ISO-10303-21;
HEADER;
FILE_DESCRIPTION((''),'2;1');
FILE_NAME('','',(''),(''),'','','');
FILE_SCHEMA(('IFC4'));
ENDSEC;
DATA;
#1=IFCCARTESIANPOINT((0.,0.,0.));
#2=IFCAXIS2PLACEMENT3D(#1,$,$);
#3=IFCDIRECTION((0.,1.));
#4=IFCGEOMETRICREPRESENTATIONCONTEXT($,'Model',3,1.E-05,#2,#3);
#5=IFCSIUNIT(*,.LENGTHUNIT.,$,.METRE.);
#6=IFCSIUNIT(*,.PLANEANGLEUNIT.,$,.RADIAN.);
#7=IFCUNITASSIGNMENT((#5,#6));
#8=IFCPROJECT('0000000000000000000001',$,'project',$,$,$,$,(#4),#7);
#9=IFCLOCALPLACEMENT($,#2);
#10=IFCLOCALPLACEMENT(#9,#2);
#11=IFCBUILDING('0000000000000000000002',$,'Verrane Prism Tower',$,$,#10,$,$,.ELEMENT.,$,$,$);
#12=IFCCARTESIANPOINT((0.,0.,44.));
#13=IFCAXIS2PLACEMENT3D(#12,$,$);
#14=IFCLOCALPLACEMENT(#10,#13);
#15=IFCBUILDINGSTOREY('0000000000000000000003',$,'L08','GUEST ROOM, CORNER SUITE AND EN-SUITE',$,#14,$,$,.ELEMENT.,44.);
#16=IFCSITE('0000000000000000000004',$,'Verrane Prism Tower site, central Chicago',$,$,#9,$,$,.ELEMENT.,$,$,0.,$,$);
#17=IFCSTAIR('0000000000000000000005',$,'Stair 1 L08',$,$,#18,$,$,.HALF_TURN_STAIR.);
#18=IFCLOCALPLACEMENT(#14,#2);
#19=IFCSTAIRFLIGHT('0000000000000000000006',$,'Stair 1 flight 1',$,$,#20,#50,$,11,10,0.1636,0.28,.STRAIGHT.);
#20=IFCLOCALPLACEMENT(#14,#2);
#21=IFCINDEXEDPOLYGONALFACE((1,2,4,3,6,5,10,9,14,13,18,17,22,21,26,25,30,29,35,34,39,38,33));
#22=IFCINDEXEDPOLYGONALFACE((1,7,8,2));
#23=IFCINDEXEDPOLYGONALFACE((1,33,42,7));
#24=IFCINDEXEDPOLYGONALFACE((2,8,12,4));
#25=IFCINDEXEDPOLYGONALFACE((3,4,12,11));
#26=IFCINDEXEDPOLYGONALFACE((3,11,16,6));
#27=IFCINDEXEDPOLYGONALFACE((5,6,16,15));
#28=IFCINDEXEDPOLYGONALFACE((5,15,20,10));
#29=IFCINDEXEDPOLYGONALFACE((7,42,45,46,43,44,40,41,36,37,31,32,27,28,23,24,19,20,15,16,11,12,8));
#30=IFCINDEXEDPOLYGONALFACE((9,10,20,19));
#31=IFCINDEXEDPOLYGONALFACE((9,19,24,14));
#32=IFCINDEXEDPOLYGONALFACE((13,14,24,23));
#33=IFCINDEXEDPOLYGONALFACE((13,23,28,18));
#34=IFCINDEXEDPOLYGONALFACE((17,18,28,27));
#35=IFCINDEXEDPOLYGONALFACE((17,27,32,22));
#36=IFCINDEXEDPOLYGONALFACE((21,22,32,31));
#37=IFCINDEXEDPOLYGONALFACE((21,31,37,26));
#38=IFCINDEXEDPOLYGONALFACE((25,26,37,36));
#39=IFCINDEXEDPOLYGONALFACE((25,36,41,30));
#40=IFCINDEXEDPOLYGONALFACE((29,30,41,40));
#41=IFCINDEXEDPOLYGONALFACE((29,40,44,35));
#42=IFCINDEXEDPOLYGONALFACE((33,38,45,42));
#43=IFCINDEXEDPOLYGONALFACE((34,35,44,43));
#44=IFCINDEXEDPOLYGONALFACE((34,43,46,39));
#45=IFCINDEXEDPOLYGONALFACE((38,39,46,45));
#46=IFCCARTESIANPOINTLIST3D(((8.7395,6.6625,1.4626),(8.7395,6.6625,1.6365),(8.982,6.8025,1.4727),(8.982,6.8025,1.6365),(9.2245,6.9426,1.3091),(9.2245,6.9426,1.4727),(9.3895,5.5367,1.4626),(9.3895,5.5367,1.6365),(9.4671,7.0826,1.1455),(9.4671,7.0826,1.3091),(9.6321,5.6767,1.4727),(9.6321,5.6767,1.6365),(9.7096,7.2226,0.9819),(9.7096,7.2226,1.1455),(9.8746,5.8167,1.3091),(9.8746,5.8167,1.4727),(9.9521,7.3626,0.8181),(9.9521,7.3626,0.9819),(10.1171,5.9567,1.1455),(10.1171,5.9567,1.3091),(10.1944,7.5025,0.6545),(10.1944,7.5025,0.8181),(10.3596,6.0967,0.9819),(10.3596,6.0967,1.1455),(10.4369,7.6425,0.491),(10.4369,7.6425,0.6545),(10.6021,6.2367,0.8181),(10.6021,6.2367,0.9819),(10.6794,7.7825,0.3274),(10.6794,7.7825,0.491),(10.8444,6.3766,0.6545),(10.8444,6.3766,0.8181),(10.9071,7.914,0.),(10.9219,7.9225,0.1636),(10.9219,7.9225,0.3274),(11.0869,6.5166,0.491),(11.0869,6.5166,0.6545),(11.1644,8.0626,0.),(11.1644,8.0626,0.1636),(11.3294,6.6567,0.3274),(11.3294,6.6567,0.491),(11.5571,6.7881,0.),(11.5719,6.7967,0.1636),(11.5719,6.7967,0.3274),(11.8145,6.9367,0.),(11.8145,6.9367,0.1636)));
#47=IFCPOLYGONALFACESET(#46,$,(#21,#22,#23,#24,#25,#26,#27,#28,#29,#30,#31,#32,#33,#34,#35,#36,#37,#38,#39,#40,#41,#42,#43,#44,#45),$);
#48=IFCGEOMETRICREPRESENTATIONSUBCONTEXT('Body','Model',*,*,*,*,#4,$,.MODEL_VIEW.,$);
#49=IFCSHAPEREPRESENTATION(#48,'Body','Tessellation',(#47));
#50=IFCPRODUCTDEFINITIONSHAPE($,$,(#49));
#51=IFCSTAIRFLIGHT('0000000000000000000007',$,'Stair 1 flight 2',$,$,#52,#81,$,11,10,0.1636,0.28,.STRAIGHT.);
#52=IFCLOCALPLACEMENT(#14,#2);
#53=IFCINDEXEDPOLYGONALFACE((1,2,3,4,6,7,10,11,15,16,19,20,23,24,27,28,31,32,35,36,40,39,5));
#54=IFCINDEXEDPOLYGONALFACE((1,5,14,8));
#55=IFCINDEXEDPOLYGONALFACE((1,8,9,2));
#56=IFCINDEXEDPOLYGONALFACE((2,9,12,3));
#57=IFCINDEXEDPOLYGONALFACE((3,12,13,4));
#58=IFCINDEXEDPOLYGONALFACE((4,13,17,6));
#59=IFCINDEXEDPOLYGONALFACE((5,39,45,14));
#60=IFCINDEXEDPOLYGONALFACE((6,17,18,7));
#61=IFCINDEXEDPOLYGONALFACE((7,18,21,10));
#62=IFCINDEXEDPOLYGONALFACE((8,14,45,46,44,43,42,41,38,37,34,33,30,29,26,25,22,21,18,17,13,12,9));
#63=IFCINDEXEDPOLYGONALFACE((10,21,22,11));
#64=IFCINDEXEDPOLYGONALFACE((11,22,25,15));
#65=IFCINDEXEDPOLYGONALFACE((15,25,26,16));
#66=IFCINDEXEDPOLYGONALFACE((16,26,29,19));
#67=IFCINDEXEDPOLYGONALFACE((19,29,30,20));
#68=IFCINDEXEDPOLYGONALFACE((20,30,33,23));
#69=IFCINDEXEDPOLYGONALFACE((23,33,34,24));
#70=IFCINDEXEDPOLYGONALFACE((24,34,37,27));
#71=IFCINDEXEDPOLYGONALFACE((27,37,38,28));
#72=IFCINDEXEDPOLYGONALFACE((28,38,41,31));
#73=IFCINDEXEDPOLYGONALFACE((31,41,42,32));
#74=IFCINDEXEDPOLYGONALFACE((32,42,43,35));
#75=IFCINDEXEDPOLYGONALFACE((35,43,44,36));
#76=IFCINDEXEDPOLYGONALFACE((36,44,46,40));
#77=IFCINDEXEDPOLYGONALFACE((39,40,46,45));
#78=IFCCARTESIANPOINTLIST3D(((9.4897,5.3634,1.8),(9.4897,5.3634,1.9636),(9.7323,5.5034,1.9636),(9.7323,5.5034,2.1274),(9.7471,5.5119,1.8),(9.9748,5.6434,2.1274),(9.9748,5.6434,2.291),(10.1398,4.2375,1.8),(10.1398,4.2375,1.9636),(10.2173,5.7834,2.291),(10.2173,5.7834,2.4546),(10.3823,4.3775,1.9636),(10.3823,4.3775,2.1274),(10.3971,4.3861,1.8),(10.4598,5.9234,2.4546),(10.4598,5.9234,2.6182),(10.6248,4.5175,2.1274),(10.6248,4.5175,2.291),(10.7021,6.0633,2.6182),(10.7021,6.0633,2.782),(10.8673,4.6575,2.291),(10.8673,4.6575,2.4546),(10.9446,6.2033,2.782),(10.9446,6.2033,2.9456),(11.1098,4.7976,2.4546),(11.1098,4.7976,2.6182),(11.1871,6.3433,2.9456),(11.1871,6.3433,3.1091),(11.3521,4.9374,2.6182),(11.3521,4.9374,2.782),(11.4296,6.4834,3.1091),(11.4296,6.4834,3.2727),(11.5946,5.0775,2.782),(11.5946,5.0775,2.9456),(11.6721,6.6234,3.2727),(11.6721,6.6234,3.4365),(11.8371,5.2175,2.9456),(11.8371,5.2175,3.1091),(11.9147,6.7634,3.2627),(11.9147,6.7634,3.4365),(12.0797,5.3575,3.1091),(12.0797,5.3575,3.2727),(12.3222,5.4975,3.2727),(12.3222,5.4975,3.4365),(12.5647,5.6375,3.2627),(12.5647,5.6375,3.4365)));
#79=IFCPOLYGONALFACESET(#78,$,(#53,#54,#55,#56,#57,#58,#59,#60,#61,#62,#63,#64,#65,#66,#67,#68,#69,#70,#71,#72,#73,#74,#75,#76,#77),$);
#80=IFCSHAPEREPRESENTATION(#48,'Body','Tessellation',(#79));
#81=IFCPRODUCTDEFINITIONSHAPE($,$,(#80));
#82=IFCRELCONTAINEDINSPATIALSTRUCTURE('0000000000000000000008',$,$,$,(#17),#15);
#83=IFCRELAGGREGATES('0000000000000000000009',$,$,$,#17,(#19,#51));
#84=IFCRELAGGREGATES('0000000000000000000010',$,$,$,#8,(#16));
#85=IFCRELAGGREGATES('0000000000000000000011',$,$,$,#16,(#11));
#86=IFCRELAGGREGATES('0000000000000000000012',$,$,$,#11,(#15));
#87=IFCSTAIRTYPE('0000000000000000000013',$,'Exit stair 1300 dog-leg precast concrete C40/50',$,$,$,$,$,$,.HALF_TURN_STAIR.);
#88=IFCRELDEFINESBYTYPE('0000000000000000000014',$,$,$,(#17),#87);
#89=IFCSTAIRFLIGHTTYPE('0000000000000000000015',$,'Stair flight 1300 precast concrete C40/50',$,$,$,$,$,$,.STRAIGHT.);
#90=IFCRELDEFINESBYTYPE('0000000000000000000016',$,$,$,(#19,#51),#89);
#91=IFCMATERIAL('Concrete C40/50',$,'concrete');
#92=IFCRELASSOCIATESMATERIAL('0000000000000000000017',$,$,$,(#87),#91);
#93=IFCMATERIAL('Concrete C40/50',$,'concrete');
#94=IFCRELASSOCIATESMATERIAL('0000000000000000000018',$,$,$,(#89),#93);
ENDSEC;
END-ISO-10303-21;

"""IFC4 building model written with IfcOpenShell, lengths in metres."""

from ifc_helpers import new_model, si_unit, direction, frame, origin, place, context, subcontext, project, spatial, polyline, outline, extrude, material, type_object, element, aggregate, save


model = new_model("IFC4")

# Units and contexts
model_context = context("Model", 3, precision=1e-05, world=origin(), true_north=direction((0.0, 1.0)))
body_context = subcontext(model_context, "Body", "Model", "MODEL_VIEW")
ifc_project = project(units=[si_unit("LENGTHUNIT", "METRE"), si_unit("PLANEANGLEUNIT", "RADIAN")], contexts=[model_context])

# Site, building, storey
site_placement = place(None, origin())
site = spatial("IfcSite", under=ifc_project, at=site_placement, Name="Verrane Prism Tower site, central Chicago", CompositionType="ELEMENT", RefElevation=0.0)
building_placement = place(site_placement, origin())
building = spatial("IfcBuilding", under=site, at=building_placement, Name="Verrane Prism Tower", CompositionType="ELEMENT")
storey_placement = place(building_placement, frame((0.0, 0.0, 44.0)))
storey = spatial("IfcBuildingStorey", under=building, at=storey_placement, Name="L08", Description="GUEST ROOM, CORNER SUITE AND EN-SUITE", CompositionType="ELEMENT", Elevation=44.0)

# Stair, stair flights
ifc_material_1 = material(Name="Concrete C40/50", Category="concrete")
stair_type = type_object("IfcStairType", Name="Exit stair 1300 dog-leg precast concrete C40/50", PredefinedType="HALF_TURN_STAIR", material=ifc_material_1)
stair_placement = place(storey_placement, origin())
stair = element("IfcStair", 1, at=stair_placement, inside=storey, type_object=stair_type, Name="Stair 1 L08", PredefinedType="HALF_TURN_STAIR")
ifc_material_2 = material(Name="Concrete C40/50", Category="concrete")
stair_flight_type = type_object("IfcStairFlightType", Name="Stair flight 1300 precast concrete C40/50", PredefinedType="STRAIGHT", material=ifc_material_2)
stair_flight_1_placement = place(storey_placement, frame((11.4895, 7.4995, 0.0), z_axis=(0.0, 0.0, 1.0), x_axis=(-0.866025, -0.5, 0.0)))
stair_flight_1 = element("IfcStairFlight", 2, at=stair_flight_1_placement, type_object=stair_flight_type, Name="Stair 1 flight 1", NumberOfRisers=11, NumberOfTreads=10, PredefinedType="STRAIGHT", RiserHeight=0.1636, TreadLength=0.28, context=body_context, shape_type="SweptSolid", body=[
    extrude(outline(polyline([(0.0, 0.0), (0.0, 0.1636), (0.28, 0.1636), (0.28, 0.3274), (0.5601, 0.3274), (0.5601, 0.491), (0.8401, 0.491), (0.8401, 0.6545), (1.1201, 0.6545), (1.1201, 0.8181), (1.3999, 0.8181), (1.3999, 0.9819), (1.6799, 0.9819), (1.6799, 1.1455), (1.96, 1.1455), (1.96, 1.3091), (2.24, 1.3091), (2.24, 1.4727), (2.52, 1.4727), (2.52, 1.6365), (2.8, 1.6365), (2.8, 1.8), (2.8, 1.4626), (0.2971, 0.0), (0.0, 0.0)])), frame((0.0, 0.6499, 0.0), z_axis=(0.0, -1.0, 0.0), x_axis=(1.0, 0.0, 0.0)), (0.0, 0.0, 1.0), 1.3),
])
stair_flight_2_placement = place(storey_placement, frame((9.8147, 4.8005, 1.8), z_axis=(0.0, 0.0, 1.0), x_axis=(0.866025, 0.5, 0.0)))
stair_flight_2 = element("IfcStairFlight", 3, at=stair_flight_2_placement, type_object=stair_flight_type, Name="Stair 1 flight 2", NumberOfRisers=11, NumberOfTreads=10, PredefinedType="STRAIGHT", RiserHeight=0.1636, TreadLength=0.28, context=body_context, shape_type="SweptSolid", body=[
    extrude(outline(polyline([(0.0, 0.0), (0.0, 0.1636), (0.28, 0.1636), (0.28, 0.3274), (0.5601, 0.3274), (0.5601, 0.491), (0.8401, 0.491), (0.8401, 0.6545), (1.1201, 0.6545), (1.1201, 0.8181), (1.3999, 0.8181), (1.3999, 0.9819), (1.6799, 0.9819), (1.6799, 1.1455), (1.96, 1.1455), (1.96, 1.3091), (2.24, 1.3091), (2.24, 1.4727), (2.52, 1.4727), (2.52, 1.6365), (2.8, 1.6365), (2.8, 1.8), (2.8, 1.4626), (0.2971, 0.0), (0.0, 0.0)])), frame((0.0, 0.6499, 0.0), z_axis=(0.0, -1.0, 0.0), x_axis=(1.0, 0.0, 0.0)), (0.0, 0.0, 1.0), 1.3),
])
aggregate(stair, [stair_flight_1, stair_flight_2])

save(model, "model.ifc")
